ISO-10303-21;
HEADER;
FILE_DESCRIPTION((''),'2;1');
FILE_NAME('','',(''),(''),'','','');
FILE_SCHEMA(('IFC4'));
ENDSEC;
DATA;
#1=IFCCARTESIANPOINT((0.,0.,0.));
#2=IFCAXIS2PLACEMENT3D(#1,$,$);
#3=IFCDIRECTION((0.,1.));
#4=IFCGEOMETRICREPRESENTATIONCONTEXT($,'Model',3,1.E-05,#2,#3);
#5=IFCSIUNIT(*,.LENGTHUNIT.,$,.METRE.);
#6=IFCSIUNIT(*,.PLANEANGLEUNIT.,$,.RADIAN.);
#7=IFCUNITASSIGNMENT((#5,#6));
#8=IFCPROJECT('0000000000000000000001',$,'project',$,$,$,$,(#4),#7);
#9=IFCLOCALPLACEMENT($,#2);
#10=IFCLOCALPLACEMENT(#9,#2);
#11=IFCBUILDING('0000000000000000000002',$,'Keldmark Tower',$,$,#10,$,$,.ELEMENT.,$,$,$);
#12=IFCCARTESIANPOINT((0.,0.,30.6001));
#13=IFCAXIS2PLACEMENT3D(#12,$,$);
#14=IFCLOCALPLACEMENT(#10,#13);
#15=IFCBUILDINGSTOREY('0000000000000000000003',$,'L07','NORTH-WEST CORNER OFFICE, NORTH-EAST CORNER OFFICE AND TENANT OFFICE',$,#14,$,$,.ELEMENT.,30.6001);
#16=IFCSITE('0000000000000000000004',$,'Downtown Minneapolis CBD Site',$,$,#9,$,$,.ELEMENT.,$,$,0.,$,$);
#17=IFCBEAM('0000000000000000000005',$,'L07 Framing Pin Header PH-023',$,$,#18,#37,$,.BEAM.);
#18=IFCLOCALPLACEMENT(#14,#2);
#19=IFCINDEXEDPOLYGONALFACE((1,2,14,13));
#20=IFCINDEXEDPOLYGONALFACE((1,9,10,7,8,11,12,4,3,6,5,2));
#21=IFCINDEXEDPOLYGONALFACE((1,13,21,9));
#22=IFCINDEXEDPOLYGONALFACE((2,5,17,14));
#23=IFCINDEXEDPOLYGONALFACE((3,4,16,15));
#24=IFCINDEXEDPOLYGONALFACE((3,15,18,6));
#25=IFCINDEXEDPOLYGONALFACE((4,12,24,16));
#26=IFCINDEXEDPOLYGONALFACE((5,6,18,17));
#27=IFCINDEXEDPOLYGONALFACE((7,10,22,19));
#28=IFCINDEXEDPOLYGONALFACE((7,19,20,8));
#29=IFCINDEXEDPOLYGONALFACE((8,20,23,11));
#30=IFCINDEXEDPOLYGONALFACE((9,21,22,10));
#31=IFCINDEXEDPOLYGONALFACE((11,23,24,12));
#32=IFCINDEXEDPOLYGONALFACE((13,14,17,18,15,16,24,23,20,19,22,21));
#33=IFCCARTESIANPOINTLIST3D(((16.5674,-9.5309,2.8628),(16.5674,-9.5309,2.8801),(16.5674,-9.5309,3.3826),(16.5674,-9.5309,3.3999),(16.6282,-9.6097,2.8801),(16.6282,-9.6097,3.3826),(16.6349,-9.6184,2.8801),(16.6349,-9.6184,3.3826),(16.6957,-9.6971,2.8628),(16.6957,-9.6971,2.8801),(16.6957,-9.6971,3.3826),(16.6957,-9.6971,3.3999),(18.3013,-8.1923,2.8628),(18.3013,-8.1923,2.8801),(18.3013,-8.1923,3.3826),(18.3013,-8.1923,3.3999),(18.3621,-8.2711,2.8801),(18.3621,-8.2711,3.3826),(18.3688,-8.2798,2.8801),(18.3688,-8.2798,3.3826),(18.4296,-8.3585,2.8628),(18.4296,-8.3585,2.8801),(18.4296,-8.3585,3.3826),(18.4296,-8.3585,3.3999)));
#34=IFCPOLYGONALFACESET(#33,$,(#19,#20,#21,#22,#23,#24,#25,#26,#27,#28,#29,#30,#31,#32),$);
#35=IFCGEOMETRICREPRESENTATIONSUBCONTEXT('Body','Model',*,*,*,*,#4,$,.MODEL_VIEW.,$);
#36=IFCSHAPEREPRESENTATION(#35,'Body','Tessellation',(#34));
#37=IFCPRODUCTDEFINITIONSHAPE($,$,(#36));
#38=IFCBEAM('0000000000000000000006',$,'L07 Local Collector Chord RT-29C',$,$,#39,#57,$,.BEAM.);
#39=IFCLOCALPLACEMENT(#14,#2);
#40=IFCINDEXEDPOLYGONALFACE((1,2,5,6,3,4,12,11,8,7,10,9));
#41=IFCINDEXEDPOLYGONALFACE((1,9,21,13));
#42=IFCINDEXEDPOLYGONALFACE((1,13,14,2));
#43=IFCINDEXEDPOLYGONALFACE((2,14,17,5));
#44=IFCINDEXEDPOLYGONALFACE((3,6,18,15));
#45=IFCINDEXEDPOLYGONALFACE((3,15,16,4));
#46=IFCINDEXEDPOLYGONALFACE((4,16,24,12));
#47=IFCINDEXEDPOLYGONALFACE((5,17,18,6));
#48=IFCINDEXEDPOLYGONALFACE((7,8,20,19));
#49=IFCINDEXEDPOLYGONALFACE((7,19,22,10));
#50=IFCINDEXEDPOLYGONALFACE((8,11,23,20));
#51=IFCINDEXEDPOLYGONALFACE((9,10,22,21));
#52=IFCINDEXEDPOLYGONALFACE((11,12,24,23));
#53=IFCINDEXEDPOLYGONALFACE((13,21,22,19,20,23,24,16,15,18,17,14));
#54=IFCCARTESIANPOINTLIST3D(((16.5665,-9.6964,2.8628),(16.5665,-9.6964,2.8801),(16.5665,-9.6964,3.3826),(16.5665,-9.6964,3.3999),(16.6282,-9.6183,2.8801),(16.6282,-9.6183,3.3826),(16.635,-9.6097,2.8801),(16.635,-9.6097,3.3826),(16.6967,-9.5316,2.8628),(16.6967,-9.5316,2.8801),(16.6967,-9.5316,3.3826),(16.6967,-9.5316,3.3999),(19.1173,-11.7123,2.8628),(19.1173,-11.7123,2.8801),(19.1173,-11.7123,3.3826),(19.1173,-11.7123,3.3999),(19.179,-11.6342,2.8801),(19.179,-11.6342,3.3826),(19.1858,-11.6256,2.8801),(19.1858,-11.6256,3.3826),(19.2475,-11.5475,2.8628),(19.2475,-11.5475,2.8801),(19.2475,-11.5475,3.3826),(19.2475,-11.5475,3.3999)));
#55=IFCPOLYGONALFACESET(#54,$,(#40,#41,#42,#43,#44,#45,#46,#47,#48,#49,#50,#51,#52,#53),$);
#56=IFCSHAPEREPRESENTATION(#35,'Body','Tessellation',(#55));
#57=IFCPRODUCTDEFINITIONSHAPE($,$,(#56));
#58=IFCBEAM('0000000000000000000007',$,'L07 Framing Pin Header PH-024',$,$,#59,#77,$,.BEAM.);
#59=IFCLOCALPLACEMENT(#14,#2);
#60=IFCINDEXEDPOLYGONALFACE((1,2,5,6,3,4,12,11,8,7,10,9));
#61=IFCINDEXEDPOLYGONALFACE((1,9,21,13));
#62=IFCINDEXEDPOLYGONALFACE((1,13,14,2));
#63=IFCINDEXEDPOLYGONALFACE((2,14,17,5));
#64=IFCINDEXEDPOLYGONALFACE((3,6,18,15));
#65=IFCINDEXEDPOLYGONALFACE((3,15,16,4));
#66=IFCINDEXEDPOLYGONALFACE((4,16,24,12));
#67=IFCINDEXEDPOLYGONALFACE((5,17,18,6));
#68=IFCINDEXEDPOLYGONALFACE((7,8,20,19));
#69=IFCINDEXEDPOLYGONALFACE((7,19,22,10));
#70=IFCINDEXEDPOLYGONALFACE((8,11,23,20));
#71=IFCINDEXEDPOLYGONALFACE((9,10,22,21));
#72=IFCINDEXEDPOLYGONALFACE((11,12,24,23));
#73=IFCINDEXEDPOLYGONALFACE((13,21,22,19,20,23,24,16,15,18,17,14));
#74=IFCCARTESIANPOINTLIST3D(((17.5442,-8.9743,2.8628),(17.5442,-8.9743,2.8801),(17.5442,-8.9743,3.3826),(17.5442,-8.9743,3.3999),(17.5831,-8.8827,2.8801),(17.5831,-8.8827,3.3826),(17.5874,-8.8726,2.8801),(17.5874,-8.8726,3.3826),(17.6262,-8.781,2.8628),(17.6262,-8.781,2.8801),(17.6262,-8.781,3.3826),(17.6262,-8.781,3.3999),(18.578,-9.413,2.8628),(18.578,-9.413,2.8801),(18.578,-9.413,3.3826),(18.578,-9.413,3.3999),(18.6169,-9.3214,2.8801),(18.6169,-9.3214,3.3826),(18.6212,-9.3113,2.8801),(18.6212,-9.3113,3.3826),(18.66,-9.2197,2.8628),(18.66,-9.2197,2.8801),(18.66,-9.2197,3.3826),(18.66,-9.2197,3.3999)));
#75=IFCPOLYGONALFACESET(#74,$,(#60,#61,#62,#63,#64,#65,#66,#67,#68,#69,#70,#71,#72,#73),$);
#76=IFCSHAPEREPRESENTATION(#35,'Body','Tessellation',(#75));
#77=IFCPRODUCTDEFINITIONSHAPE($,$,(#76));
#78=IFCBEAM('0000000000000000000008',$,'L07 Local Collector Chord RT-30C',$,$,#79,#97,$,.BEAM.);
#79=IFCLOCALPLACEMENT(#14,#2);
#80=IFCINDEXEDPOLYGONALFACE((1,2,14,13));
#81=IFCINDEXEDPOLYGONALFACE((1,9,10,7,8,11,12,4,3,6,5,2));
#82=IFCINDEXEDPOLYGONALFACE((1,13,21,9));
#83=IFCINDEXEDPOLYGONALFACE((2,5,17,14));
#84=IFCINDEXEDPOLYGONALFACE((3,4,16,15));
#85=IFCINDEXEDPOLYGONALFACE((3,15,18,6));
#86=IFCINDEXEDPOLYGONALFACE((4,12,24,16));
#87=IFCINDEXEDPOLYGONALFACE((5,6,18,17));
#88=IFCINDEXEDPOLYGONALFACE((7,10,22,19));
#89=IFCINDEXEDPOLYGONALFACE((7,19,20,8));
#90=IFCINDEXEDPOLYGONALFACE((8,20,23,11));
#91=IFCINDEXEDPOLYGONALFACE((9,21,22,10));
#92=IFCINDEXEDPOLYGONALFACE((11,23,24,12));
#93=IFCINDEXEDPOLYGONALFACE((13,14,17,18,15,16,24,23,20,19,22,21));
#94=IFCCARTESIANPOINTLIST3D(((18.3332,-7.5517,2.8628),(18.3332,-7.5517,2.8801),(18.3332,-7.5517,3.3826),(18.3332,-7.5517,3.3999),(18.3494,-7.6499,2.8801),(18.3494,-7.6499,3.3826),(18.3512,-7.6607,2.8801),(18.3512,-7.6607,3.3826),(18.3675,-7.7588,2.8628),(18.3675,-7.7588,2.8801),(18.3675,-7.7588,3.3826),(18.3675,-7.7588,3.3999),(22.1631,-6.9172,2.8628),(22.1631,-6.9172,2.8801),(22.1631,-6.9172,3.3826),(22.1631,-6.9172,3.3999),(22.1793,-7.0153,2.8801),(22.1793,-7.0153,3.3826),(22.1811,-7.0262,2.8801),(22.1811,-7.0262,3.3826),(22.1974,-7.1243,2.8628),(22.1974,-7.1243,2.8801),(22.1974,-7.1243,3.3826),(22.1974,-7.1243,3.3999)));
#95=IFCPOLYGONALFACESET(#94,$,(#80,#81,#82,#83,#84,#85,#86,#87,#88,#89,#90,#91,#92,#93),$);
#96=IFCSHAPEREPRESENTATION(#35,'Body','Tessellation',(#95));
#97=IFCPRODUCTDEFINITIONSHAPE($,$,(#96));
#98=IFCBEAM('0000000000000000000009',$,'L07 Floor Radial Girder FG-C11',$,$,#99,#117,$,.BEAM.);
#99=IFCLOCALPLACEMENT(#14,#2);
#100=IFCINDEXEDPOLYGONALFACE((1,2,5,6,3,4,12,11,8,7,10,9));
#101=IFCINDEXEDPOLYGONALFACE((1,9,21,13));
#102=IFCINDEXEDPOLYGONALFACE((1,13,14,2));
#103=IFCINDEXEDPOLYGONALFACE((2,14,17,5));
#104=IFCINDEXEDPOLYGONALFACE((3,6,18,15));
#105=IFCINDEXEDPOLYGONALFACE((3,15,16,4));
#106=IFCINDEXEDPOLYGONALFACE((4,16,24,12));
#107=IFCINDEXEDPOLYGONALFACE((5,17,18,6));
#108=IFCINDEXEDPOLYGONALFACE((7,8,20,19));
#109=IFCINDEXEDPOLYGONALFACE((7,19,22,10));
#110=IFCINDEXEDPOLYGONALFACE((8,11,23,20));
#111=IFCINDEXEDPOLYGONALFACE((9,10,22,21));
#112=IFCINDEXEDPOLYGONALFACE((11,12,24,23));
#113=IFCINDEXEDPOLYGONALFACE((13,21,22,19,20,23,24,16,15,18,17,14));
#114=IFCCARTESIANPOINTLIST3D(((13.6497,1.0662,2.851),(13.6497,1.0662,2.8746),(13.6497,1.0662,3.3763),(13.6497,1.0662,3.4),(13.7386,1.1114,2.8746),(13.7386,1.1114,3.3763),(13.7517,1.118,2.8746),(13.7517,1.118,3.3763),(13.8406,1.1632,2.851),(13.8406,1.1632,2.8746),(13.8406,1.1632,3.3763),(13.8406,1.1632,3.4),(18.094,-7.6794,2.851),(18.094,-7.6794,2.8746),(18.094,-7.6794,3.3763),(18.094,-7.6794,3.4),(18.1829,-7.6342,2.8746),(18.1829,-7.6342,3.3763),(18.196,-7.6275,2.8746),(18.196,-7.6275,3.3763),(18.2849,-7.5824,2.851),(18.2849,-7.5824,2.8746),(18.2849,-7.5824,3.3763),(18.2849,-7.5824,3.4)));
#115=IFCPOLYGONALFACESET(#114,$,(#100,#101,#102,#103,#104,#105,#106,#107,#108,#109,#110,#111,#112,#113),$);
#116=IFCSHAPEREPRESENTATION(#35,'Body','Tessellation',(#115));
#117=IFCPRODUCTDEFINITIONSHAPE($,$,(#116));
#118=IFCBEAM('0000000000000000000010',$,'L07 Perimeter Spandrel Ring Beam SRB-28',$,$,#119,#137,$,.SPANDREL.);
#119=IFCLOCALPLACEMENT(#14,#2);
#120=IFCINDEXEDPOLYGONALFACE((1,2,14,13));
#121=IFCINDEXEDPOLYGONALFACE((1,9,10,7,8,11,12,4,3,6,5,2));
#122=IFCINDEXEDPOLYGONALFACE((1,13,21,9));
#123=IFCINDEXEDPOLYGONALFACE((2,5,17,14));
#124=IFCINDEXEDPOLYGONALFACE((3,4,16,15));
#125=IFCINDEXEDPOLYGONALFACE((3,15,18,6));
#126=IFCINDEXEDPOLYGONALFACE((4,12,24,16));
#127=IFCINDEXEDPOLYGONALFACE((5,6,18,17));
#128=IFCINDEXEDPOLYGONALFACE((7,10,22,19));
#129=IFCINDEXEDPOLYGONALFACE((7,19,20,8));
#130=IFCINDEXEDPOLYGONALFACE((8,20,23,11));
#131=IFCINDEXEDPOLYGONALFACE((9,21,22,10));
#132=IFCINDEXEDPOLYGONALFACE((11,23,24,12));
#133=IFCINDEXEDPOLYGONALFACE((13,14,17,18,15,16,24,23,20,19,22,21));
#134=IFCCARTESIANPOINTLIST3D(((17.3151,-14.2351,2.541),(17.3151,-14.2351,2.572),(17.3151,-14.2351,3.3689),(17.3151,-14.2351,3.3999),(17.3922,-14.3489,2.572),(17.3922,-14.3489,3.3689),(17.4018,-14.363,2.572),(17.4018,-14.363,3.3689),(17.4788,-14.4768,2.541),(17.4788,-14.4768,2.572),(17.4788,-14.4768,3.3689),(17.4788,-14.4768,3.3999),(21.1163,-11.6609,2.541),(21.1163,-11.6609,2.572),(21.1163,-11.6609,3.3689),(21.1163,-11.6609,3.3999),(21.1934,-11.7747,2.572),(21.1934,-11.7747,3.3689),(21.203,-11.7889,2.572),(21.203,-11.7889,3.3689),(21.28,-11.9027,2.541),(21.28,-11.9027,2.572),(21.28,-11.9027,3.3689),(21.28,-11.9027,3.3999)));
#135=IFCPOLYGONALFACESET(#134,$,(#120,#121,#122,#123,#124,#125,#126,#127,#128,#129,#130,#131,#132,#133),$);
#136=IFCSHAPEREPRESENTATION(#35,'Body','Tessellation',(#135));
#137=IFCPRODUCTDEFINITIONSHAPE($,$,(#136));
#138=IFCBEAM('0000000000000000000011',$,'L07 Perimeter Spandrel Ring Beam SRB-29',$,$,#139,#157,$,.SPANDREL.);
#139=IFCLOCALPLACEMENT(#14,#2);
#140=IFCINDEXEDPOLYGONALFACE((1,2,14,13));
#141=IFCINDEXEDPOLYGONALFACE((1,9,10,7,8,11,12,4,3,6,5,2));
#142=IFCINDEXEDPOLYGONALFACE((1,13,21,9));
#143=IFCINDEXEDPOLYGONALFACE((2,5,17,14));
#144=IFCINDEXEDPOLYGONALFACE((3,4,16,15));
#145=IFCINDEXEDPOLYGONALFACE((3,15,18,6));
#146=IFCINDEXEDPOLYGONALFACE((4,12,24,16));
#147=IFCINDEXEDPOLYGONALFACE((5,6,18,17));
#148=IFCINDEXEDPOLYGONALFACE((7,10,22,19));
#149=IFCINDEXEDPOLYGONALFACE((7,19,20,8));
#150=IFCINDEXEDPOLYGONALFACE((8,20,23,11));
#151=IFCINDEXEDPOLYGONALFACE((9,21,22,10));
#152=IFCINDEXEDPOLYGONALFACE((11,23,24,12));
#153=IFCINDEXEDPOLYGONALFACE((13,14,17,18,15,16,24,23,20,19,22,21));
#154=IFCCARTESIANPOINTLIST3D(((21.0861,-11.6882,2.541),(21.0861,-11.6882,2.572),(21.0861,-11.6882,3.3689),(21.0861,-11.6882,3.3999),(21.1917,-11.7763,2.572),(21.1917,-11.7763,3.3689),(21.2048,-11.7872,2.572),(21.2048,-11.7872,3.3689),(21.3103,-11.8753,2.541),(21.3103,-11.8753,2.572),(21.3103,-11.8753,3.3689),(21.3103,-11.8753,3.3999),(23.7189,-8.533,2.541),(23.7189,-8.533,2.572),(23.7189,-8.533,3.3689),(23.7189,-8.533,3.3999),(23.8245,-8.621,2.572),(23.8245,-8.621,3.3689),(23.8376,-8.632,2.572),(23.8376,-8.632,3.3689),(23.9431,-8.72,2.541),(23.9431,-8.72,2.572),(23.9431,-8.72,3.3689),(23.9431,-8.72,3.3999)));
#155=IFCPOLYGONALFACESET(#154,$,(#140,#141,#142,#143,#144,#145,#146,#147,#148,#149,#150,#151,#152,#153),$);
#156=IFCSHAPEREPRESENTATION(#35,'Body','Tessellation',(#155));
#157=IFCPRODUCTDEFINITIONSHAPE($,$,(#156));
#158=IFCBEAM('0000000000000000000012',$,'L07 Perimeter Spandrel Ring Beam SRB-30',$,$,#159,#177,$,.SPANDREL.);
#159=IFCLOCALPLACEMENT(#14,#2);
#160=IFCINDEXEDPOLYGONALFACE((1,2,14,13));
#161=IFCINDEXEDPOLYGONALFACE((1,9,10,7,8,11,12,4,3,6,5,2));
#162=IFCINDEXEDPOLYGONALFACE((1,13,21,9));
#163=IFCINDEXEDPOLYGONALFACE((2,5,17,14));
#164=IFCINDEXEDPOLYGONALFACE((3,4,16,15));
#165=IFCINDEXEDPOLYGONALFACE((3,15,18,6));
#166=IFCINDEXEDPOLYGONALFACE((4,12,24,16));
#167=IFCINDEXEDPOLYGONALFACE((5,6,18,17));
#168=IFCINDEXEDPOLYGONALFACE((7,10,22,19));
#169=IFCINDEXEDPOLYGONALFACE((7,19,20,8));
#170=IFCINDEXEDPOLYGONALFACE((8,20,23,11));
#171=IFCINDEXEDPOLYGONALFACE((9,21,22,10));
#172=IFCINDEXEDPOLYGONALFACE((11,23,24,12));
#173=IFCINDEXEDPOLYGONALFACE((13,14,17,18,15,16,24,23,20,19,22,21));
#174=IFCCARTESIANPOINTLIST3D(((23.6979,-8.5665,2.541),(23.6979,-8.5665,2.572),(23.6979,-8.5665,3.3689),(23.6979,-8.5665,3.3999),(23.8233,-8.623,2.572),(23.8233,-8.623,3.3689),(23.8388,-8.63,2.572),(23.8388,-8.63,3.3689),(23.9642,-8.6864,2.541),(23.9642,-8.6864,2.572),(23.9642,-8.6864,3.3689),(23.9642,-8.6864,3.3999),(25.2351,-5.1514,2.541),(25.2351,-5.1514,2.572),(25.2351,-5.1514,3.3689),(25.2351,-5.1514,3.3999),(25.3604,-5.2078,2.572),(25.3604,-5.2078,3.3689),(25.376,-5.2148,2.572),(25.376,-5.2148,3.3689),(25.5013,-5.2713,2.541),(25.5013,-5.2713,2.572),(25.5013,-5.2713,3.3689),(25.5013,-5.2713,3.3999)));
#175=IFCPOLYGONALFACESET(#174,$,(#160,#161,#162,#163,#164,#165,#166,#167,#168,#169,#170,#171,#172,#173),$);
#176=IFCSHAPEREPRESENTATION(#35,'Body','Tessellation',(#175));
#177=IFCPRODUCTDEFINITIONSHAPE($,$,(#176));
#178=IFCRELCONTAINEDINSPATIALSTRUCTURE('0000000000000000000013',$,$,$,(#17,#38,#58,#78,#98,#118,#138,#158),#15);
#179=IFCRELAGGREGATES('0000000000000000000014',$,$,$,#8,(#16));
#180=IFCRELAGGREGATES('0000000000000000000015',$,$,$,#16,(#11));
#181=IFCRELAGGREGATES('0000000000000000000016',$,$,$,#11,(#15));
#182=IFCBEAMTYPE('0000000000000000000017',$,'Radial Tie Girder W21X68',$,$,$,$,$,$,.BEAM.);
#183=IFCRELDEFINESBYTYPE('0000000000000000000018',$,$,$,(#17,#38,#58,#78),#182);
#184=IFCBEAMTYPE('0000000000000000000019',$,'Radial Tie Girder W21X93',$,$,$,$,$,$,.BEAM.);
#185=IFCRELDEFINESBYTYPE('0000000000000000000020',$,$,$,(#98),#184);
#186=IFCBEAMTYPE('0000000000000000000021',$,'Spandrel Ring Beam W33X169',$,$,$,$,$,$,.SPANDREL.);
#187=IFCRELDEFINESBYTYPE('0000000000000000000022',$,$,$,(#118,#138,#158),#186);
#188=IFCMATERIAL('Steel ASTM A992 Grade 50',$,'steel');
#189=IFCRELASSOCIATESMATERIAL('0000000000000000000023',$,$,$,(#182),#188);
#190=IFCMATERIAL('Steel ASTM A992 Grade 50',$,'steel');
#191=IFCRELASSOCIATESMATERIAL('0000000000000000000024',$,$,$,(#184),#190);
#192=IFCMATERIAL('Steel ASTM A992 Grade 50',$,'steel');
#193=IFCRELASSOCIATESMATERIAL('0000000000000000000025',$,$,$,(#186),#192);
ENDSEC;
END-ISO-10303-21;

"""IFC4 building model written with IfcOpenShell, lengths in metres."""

from ifc_helpers import new_model, si_unit, direction, frame, origin, origin_2d, place, context, subcontext, project, spatial, i_section, extrude, material, material_profile, profile_set, type_object, element, save


model = new_model("IFC4")

# Units and contexts
model_context = context("Model", 3, precision=1e-05, world=origin(), true_north=direction((0.0, 1.0)))
body_context = subcontext(model_context, "Body", "Model", "MODEL_VIEW")
ifc_project = project(units=[si_unit("LENGTHUNIT", "METRE"), si_unit("PLANEANGLEUNIT", "RADIAN")], contexts=[model_context])

# Site, building, storey
site_placement = place(None, origin())
site = spatial("IfcSite", under=ifc_project, at=site_placement, Name="Downtown Minneapolis CBD Site", CompositionType="ELEMENT", RefElevation=0.0)
building_placement = place(site_placement, origin())
building = spatial("IfcBuilding", under=site, at=building_placement, Name="Keldmark Tower", CompositionType="ELEMENT")
storey_placement = place(building_placement, frame((0.0, 0.0, 30.6001)))
storey = spatial("IfcBuildingStorey", under=building, at=storey_placement, Name="L07", Description="NORTH-WEST CORNER OFFICE, NORTH-EAST CORNER OFFICE AND TENANT OFFICE", CompositionType="ELEMENT", Elevation=30.6001)

# Beams
ifc_material_1 = material(Name="Steel ASTM A992 Grade 50", Category="steel")
ifc_material_profile_1 = material_profile(ifc_material_1, i_section(OverallWidth=0.21, OverallDepth=0.5371, WebThickness=0.011, FlangeThickness=0.0173, at=origin_2d()), Name="W21X68")
ifc_profile_set_1 = profile_set([ifc_material_profile_1], Name="Steel ASTM A992 Grade 50")
beam_type_1 = type_object("IfcBeamType", Name="Radial Tie Girder W21X68", PredefinedType="BEAM", material=ifc_profile_set_1)
beam_1_placement = place(storey_placement, frame((16.6316, -9.614, 3.1313), z_axis=(0.79155, 0.611105, 0.0), x_axis=(-0.611105, 0.79155, 0.0)))
element("IfcBeam", 1, at=beam_1_placement, inside=storey, type_object=beam_type_1, Name="L07 Framing Pin Header PH-023", PredefinedType="BEAM", context=body_context, shape_type="SweptSolid", body=[
    extrude(i_section(OverallWidth=0.21, OverallDepth=0.5371, WebThickness=0.011, FlangeThickness=0.0173, at=origin_2d()), origin(), (0.0, 0.0, 1.0), 2.1904),
])
beam_2_placement = place(storey_placement, frame((16.6316, -9.614, 3.1313), z_axis=(0.784569, -0.620041, 0.0), x_axis=(0.620041, 0.784569, 0.0)))
element("IfcBeam", 2, at=beam_2_placement, inside=storey, type_object=beam_type_1, Name="L07 Local Collector Chord RT-29C", PredefinedType="BEAM", context=body_context, shape_type="SweptSolid", body=[
    extrude(i_section(OverallWidth=0.21, OverallDepth=0.5371, WebThickness=0.011, FlangeThickness=0.0173, at=origin_2d()), origin(), (0.0, 0.0, 1.0), 3.2512),
])
beam_3_placement = place(storey_placement, frame((17.5852, -8.8777, 3.1313), z_axis=(0.920556, -0.390611, 0.0), x_axis=(0.390611, 0.920556, 0.0)))
element("IfcBeam", 3, at=beam_3_placement, inside=storey, type_object=beam_type_1, Name="L07 Framing Pin Header PH-024", PredefinedType="BEAM", context=body_context, shape_type="SweptSolid", body=[
    extrude(i_section(OverallWidth=0.21, OverallDepth=0.5371, WebThickness=0.011, FlangeThickness=0.0173, at=origin_2d()), origin(), (0.0, 0.0, 1.0), 1.123),
])
beam_4_placement = place(storey_placement, frame((18.3503, -7.6553, 3.1313), z_axis=(0.986552, 0.16345, 0.0), x_axis=(-0.16345, 0.986552, 0.0)))
element("IfcBeam", 4, at=beam_4_placement, inside=storey, type_object=beam_type_1, Name="L07 Local Collector Chord RT-30C", PredefinedType="BEAM", context=body_context, shape_type="SweptSolid", body=[
    extrude(i_section(OverallWidth=0.21, OverallDepth=0.5371, WebThickness=0.011, FlangeThickness=0.0173, at=origin_2d()), origin(), (0.0, 0.0, 1.0), 3.8821),
])
ifc_material_2 = material(Name="Steel ASTM A992 Grade 50", Category="steel")
ifc_material_profile_2 = material_profile(ifc_material_2, i_section(OverallWidth=0.2141, OverallDepth=0.5491, WebThickness=0.0146, FlangeThickness=0.0237, at=origin_2d()), Name="W21X93")
ifc_profile_set_2 = profile_set([ifc_material_profile_2], Name="Steel ASTM A992 Grade 50")
beam_type_2 = type_object("IfcBeamType", Name="Radial Tie Girder W21X93", PredefinedType="BEAM", material=ifc_profile_set_2)
beam_5_placement = place(storey_placement, frame((18.1895, -7.6309, 3.1255), z_axis=(-0.453038, 0.891491, 0.0), x_axis=(-0.891491, -0.453038, 0.0)))
element("IfcBeam", 5, at=beam_5_placement, inside=storey, type_object=beam_type_2, Name="L07 Floor Radial Girder FG-C11", PredefinedType="BEAM", context=body_context, shape_type="SweptSolid", body=[
    extrude(i_section(OverallWidth=0.2141, OverallDepth=0.5491, WebThickness=0.0146, FlangeThickness=0.0237, at=origin_2d()), origin(), (0.0, 0.0, 1.0), 9.8101),
])
ifc_material_3 = material(Name="Steel ASTM A992 Grade 50", Category="steel")
ifc_material_profile_3 = material_profile(ifc_material_3, i_section(OverallWidth=0.292, OverallDepth=0.8589, WebThickness=0.0171, FlangeThickness=0.031, at=origin_2d()), Name="W33X169")
ifc_profile_set_3 = profile_set([ifc_material_profile_3], Name="Steel ASTM A992 Grade 50")
beam_type_3 = type_object("IfcBeamType", Name="Spandrel Ring Beam W33X169", PredefinedType="SPANDREL", material=ifc_profile_set_3)
beam_6_placement = place(storey_placement, frame((17.397, -14.356, 2.9705), z_axis=(0.828003, 0.560723, 0.0), x_axis=(-0.560723, 0.828003, 0.0)))
element("IfcBeam", 6, at=beam_6_placement, inside=storey, type_object=beam_type_3, Name="L07 Perimeter Spandrel Ring Beam SRB-28", PredefinedType="SPANDREL", context=body_context, shape_type="SweptSolid", body=[
    extrude(i_section(OverallWidth=0.292, OverallDepth=0.8589, WebThickness=0.0171, FlangeThickness=0.031, at=origin_2d()), origin(), (0.0, 0.0, 1.0), 4.5908),
])
beam_7_placement = place(storey_placement, frame((21.1982, -11.7817, 2.9705), z_axis=(0.640675, 0.767812, 0.0), x_axis=(-0.767812, 0.640675, 0.0)))
element("IfcBeam", 7, at=beam_7_placement, inside=storey, type_object=beam_type_3, Name="L07 Perimeter Spandrel Ring Beam SRB-29", PredefinedType="SPANDREL", context=body_context, shape_type="SweptSolid", body=[
    extrude(i_section(OverallWidth=0.292, OverallDepth=0.8589, WebThickness=0.0171, FlangeThickness=0.031, at=origin_2d()), origin(), (0.0, 0.0, 1.0), 4.1094),
])
beam_8_placement = place(storey_placement, frame((23.8311, -8.6265, 2.9705), z_axis=(0.410441, 0.911887, 0.0), x_axis=(-0.911887, 0.410441, 0.0)))
element("IfcBeam", 8, at=beam_8_placement, inside=storey, type_object=beam_type_3, Name="L07 Perimeter Spandrel Ring Beam SRB-30", PredefinedType="SPANDREL", context=body_context, shape_type="SweptSolid", body=[
    extrude(i_section(OverallWidth=0.292, OverallDepth=0.8589, WebThickness=0.0171, FlangeThickness=0.031, at=origin_2d()), origin(), (0.0, 0.0, 1.0), 3.7451),
])

save(model, "model.ifc")
